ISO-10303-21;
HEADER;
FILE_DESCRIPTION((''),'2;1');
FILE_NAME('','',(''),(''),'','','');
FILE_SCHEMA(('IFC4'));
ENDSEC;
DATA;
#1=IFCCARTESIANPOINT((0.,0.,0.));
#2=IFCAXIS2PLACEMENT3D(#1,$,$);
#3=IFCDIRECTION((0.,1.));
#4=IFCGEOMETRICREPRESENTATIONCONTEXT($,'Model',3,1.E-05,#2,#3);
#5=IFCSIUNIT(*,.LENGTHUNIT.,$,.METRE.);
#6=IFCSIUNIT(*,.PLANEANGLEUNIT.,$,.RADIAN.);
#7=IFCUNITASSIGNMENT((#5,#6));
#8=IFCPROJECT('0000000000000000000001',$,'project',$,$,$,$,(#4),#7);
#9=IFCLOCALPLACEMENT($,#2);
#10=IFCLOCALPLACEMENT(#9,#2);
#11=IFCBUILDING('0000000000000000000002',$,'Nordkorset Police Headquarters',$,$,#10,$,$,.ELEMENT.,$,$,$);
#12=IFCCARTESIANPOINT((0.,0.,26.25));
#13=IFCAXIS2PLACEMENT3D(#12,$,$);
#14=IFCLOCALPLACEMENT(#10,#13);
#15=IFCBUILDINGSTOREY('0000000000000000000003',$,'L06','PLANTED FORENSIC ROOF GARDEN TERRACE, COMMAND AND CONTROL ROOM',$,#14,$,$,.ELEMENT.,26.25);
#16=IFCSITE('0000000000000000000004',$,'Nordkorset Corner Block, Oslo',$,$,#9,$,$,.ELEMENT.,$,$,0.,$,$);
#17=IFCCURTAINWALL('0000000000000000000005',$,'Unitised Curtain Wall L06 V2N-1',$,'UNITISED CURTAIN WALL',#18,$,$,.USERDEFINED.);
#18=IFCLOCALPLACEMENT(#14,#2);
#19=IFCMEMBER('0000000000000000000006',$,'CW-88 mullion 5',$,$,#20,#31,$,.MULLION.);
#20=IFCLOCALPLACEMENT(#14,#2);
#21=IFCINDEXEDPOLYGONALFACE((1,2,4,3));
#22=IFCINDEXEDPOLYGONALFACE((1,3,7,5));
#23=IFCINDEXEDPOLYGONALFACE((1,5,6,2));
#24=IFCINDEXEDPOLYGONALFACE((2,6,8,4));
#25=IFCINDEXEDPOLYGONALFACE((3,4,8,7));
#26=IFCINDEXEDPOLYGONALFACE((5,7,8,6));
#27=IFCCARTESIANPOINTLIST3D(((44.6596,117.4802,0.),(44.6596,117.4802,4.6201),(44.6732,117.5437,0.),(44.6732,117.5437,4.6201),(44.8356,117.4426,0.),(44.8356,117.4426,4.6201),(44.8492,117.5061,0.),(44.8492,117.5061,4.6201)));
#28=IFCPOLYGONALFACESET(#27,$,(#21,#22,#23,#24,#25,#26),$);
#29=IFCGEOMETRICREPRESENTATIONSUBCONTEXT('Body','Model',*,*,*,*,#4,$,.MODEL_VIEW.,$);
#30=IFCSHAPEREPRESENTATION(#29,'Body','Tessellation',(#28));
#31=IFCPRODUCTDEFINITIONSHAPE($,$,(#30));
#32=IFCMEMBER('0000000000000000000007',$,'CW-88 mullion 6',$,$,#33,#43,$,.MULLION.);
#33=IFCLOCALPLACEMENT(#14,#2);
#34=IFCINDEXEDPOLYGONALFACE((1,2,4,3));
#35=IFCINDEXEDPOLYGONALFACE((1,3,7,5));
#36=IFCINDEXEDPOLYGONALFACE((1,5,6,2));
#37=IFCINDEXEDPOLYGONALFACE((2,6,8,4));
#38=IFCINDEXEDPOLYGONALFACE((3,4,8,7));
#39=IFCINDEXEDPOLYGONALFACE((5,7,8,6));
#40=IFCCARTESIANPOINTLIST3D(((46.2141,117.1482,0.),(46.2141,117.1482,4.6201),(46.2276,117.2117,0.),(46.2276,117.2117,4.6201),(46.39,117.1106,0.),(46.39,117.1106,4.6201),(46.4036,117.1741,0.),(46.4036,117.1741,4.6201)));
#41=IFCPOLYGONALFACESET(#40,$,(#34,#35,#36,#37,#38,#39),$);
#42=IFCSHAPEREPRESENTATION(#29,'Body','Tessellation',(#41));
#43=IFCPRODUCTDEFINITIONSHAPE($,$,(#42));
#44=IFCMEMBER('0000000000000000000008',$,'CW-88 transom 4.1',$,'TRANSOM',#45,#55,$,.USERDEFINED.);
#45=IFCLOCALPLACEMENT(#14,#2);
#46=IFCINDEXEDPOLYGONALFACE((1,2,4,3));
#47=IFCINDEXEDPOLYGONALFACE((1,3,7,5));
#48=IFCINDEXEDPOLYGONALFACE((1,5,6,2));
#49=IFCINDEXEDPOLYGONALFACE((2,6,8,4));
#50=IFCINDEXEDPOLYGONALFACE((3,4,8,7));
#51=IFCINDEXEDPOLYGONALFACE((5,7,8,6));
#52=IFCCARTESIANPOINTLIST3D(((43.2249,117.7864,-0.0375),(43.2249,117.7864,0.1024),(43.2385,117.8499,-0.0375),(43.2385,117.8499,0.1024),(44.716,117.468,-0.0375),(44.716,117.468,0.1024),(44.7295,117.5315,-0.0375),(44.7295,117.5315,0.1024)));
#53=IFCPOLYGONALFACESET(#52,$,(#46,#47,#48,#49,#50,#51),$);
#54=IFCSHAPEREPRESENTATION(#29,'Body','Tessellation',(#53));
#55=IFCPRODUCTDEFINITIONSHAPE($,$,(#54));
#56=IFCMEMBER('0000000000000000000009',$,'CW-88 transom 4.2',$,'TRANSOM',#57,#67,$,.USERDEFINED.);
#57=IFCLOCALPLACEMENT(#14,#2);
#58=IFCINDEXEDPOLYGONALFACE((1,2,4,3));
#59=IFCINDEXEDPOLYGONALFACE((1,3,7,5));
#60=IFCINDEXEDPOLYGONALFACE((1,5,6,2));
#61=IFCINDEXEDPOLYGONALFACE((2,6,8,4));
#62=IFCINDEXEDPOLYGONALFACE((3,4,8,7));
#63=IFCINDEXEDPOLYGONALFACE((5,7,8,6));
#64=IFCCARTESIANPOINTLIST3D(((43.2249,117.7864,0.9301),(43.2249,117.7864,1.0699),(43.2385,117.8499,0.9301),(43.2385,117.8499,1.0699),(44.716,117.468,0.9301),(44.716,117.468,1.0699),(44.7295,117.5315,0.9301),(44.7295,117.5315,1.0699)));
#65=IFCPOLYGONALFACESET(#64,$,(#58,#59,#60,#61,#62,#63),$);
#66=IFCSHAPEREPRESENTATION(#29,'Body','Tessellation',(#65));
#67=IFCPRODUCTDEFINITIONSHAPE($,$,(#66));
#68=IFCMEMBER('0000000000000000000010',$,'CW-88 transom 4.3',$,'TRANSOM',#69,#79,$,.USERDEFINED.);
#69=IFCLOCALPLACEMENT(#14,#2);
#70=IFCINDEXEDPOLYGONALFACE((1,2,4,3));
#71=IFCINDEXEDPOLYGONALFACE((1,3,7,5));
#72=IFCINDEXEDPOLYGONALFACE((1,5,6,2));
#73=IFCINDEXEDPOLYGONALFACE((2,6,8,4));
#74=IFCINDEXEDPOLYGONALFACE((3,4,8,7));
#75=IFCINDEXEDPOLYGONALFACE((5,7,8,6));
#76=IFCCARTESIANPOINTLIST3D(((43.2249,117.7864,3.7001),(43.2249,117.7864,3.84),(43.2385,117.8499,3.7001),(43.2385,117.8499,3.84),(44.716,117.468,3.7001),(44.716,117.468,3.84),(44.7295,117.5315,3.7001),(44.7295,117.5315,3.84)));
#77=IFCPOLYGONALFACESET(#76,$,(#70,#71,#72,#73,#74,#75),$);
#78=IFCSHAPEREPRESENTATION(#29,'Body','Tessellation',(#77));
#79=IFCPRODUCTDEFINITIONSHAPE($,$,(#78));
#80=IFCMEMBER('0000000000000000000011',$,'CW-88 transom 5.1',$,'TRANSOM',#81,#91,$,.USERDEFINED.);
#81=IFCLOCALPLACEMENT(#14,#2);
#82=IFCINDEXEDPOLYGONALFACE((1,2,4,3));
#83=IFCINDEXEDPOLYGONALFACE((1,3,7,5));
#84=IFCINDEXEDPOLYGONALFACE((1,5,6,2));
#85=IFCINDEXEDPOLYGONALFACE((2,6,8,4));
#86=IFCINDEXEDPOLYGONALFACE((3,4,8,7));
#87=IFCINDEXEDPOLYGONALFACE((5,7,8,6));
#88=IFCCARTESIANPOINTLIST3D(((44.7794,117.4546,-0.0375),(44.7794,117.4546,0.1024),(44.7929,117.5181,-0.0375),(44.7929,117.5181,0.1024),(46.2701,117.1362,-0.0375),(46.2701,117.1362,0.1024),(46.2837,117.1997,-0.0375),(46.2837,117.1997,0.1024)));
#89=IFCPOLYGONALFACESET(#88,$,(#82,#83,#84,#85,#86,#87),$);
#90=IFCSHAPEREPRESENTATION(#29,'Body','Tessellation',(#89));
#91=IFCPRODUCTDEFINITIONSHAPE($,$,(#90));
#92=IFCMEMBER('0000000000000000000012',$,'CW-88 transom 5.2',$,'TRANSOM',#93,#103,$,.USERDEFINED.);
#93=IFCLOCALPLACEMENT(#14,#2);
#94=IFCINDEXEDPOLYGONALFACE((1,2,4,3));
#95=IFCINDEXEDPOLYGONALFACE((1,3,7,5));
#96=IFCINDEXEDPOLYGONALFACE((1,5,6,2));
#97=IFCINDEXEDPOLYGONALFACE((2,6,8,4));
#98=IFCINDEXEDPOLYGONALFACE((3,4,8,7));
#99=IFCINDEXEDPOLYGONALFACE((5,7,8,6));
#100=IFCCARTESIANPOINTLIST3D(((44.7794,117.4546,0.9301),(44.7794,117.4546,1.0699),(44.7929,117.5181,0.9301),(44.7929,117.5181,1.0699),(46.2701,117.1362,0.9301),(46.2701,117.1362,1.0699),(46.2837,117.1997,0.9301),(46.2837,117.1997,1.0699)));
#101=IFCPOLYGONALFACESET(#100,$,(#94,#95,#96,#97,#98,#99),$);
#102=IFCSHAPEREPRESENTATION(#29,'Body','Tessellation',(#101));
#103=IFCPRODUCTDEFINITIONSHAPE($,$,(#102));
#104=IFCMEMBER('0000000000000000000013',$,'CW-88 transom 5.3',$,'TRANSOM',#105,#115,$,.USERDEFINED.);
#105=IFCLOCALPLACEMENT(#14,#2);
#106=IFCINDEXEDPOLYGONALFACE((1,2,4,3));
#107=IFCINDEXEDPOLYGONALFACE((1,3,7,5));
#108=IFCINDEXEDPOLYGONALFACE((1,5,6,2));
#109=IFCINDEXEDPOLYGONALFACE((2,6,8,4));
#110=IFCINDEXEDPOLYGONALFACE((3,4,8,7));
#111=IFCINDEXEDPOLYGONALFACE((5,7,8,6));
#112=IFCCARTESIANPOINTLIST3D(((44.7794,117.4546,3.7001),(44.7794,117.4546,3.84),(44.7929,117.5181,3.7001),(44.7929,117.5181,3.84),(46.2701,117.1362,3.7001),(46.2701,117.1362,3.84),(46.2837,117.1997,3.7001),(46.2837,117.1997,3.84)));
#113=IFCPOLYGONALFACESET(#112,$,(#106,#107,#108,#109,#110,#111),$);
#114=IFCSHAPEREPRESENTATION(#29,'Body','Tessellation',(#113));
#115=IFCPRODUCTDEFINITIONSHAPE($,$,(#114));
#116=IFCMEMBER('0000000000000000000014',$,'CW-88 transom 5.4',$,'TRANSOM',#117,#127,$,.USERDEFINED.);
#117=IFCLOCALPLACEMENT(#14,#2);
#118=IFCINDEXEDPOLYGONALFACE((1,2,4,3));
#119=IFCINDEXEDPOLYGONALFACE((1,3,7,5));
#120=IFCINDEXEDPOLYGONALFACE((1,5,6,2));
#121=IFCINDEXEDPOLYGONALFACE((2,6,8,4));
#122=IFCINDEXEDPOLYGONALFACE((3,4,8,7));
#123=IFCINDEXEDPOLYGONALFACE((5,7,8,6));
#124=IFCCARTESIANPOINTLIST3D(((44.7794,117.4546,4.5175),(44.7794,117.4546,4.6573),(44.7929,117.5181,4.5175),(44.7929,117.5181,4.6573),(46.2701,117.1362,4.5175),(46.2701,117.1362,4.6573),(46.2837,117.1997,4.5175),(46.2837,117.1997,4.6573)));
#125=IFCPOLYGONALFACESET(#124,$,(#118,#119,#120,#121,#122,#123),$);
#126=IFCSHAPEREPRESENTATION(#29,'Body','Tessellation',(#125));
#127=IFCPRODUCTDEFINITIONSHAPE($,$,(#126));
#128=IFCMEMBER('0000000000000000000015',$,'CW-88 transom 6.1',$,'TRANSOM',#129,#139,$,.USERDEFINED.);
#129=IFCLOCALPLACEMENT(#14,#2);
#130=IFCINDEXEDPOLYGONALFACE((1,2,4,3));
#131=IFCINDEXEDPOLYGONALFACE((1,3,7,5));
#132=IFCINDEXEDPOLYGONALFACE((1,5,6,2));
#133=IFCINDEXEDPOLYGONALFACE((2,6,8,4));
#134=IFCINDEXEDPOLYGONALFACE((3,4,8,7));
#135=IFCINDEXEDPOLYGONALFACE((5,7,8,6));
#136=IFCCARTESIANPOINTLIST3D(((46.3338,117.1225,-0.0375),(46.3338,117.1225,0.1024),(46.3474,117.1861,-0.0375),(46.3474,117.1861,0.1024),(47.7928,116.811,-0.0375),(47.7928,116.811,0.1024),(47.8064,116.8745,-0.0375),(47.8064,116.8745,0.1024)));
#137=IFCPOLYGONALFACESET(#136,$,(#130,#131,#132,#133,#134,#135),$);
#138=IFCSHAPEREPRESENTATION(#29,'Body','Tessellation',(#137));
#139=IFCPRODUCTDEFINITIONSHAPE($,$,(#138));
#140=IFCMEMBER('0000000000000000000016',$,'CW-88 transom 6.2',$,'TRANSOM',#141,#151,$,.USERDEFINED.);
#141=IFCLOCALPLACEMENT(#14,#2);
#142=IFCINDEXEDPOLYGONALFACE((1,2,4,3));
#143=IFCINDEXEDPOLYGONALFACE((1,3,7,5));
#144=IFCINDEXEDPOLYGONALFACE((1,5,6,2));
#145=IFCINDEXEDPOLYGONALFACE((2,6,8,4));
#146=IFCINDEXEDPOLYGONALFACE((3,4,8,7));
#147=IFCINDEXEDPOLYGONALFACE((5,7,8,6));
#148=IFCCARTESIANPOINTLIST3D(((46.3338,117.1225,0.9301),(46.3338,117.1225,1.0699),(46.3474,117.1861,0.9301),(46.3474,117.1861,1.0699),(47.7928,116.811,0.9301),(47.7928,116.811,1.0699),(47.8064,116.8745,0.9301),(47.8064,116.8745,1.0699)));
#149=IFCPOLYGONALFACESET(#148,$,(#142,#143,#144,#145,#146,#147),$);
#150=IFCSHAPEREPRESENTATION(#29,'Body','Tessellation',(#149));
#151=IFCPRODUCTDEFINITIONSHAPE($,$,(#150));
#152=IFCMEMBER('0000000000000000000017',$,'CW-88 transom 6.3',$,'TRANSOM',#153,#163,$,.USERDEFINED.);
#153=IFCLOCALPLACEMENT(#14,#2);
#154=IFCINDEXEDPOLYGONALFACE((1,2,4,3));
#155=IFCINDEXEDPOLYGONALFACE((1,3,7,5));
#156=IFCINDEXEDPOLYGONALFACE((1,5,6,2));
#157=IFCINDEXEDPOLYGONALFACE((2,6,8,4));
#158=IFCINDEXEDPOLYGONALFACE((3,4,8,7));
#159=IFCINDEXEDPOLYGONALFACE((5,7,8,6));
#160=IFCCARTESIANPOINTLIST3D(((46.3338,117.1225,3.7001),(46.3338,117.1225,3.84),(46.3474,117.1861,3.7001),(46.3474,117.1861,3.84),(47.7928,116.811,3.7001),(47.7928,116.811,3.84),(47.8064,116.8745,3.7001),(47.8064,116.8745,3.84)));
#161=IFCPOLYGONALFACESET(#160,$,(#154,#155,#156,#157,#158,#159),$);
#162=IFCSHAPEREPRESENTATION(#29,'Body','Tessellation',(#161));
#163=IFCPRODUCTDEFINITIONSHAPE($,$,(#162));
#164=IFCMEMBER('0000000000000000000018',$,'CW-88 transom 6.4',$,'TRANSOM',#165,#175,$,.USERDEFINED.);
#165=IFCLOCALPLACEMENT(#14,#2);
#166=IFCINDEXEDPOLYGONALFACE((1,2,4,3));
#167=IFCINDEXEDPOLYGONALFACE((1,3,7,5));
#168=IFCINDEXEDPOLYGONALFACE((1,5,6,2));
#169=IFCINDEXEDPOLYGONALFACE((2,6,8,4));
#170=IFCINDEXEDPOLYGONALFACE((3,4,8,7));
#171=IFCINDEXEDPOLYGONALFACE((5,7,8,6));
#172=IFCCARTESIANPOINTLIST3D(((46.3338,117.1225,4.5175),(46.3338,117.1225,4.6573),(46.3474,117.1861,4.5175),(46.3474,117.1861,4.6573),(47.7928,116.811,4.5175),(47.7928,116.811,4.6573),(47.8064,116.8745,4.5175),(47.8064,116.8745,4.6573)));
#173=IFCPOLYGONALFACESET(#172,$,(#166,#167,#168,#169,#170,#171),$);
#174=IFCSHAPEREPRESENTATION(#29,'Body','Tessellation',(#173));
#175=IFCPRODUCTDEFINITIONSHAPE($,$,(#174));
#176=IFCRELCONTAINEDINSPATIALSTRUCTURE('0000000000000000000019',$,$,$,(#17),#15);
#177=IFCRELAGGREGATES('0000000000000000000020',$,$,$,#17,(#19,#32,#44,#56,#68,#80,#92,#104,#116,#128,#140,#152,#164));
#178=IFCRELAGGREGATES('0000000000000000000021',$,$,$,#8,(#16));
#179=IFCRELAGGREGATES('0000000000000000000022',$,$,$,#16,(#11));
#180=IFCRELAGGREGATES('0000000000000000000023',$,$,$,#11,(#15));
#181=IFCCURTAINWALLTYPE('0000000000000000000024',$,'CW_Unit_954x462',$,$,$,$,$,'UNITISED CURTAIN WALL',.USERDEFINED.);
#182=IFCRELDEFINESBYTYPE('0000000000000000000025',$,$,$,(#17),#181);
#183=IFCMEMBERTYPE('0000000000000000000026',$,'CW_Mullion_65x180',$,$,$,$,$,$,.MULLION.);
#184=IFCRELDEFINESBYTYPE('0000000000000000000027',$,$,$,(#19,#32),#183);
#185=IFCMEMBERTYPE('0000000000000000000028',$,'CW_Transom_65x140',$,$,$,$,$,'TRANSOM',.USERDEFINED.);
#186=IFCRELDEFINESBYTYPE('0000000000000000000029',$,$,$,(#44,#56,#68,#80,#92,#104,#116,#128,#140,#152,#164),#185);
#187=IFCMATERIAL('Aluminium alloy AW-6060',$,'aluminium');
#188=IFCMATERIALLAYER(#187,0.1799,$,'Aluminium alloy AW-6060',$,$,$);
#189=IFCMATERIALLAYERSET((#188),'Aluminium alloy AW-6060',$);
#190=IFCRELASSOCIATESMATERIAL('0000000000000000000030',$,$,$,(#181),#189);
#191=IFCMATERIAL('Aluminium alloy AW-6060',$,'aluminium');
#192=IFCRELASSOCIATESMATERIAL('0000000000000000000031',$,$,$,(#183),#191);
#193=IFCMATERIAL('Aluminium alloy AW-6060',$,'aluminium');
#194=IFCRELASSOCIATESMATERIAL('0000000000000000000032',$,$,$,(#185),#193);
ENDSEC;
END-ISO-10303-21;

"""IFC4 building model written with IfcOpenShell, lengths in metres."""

from ifc_helpers import new_model, si_unit, direction, frame, origin, origin_2d, place, context, subcontext, project, spatial, rectangle, extrude, material, layer, layer_set, material_profile, profile_set, type_object, element, aggregate, save


model = new_model("IFC4")

# Units and contexts
model_context = context("Model", 3, precision=1e-05, world=origin(), true_north=direction((0.0, 1.0)))
body_context = subcontext(model_context, "Body", "Model", "MODEL_VIEW")
ifc_project = project(units=[si_unit("LENGTHUNIT", "METRE"), si_unit("PLANEANGLEUNIT", "RADIAN")], contexts=[model_context])

# Site, building, storey
site_placement = place(None, origin())
site = spatial("IfcSite", under=ifc_project, at=site_placement, Name="Nordkorset Corner Block, Oslo", CompositionType="ELEMENT", RefElevation=0.0)
building_placement = place(site_placement, origin())
building = spatial("IfcBuilding", under=site, at=building_placement, Name="Nordkorset Police Headquarters", CompositionType="ELEMENT")
storey_placement = place(building_placement, frame((0.0, 0.0, 26.25)))
storey = spatial("IfcBuildingStorey", under=building, at=storey_placement, Name="L06", Description="PLANTED FORENSIC ROOF GARDEN TERRACE, COMMAND AND CONTROL ROOM", CompositionType="ELEMENT", Elevation=26.25)

# Curtain wall, members
ifc_material_1 = material(Name="Aluminium alloy AW-6060", Category="aluminium")
ifc_layer_1 = layer(ifc_material_1, 0.1799, Name="Aluminium alloy AW-6060")
ifc_layer_set_1 = layer_set([ifc_layer_1], Name="Aluminium alloy AW-6060")
curtain_wall_type = type_object("IfcCurtainWallType", Name="CW_Unit_954x462", ElementType="UNITISED CURTAIN WALL", PredefinedType="USERDEFINED", material=ifc_layer_set_1)
curtain_wall_placement = place(storey_placement, origin())
curtain_wall = element("IfcCurtainWall", 1, at=curtain_wall_placement, inside=storey, type_object=curtain_wall_type, Name="Unitised Curtain Wall L06 V2N-1", ObjectType="UNITISED CURTAIN WALL", PredefinedType="USERDEFINED")
ifc_material_2 = material(Name="Aluminium alloy AW-6060", Category="aluminium")
ifc_material_profile_1 = material_profile(ifc_material_2, rectangle(XDim=0.0649, YDim=0.1799, at=origin_2d()), Name="ALU MULL 65x180")
ifc_profile_set_1 = profile_set([ifc_material_profile_1], Name="Aluminium alloy AW-6060")
member_type_1 = type_object("IfcMemberType", Name="CW_Mullion_65x180", PredefinedType="MULLION", material=ifc_profile_set_1)
member_1_placement = place(storey_placement, frame((44.7544, 117.4932, 0.0), z_axis=(0.0, 0.0, 1.0), x_axis=(0.208833, 0.977951, 0.0)))
member_1 = element("IfcMember", 2, at=member_1_placement, type_object=member_type_1, Name="CW-88 mullion 5", PredefinedType="MULLION", context=body_context, shape_type="SweptSolid", body=[
    extrude(rectangle(XDim=0.0649, YDim=0.1799, at=origin_2d()), origin(), (0.0, 0.0, 1.0), 4.6201),
])
member_2_placement = place(storey_placement, frame((46.3088, 117.1611, 0.0), z_axis=(0.0, 0.0, 1.0), x_axis=(0.208833, 0.977951, 0.0)))
member_2 = element("IfcMember", 3, at=member_2_placement, type_object=member_type_1, Name="CW-88 mullion 6", PredefinedType="MULLION", context=body_context, shape_type="SweptSolid", body=[
    extrude(rectangle(XDim=0.0649, YDim=0.1799, at=origin_2d()), origin(), (0.0, 0.0, 1.0), 4.6201),
])
ifc_material_3 = material(Name="Aluminium alloy AW-6060", Category="aluminium")
ifc_material_profile_2 = material_profile(ifc_material_3, rectangle(XDim=0.0649, YDim=0.1399, at=origin_2d()), Name="ALU TRAN 65x140")
ifc_profile_set_2 = profile_set([ifc_material_profile_2], Name="Aluminium alloy AW-6060")
member_type_2 = type_object("IfcMemberType", Name="CW_Transom_65x140", ElementType="TRANSOM", PredefinedType="USERDEFINED", material=ifc_profile_set_2)
member_3_placement = place(storey_placement, frame((43.2317, 117.8181, 0.0325), z_axis=(0.977954, -0.208818, 0.0), x_axis=(0.208818, 0.977954, 0.0)))
member_3 = element("IfcMember", 4, at=member_3_placement, type_object=member_type_2, Name="CW-88 transom 4.1", ObjectType="TRANSOM", PredefinedType="USERDEFINED", context=body_context, shape_type="SweptSolid", body=[
    extrude(rectangle(XDim=0.0649, YDim=0.1399, at=origin_2d()), origin(), (0.0, 0.0, 1.0), 1.5247),
])
member_4_placement = place(storey_placement, frame((43.2317, 117.8181, 1.0), z_axis=(0.977954, -0.208818, 0.0), x_axis=(0.208818, 0.977954, 0.0)))
member_4 = element("IfcMember", 5, at=member_4_placement, type_object=member_type_2, Name="CW-88 transom 4.2", ObjectType="TRANSOM", PredefinedType="USERDEFINED", context=body_context, shape_type="SweptSolid", body=[
    extrude(rectangle(XDim=0.0649, YDim=0.1399, at=origin_2d()), origin(), (0.0, 0.0, 1.0), 1.5247),
])
member_5_placement = place(storey_placement, frame((43.2317, 117.8181, 3.77), z_axis=(0.977954, -0.208818, 0.0), x_axis=(0.208818, 0.977954, 0.0)))
member_5 = element("IfcMember", 6, at=member_5_placement, type_object=member_type_2, Name="CW-88 transom 4.3", ObjectType="TRANSOM", PredefinedType="USERDEFINED", context=body_context, shape_type="SweptSolid", body=[
    extrude(rectangle(XDim=0.0649, YDim=0.1399, at=origin_2d()), origin(), (0.0, 0.0, 1.0), 1.5247),
])
member_6_placement = place(storey_placement, frame((44.7861, 117.4863, 0.0325), z_axis=(0.977947, -0.208851, 0.0), x_axis=(0.208851, 0.977947, 0.0)))
member_6 = element("IfcMember", 7, at=member_6_placement, type_object=member_type_2, Name="CW-88 transom 5.1", ObjectType="TRANSOM", PredefinedType="USERDEFINED", context=body_context, shape_type="SweptSolid", body=[
    extrude(rectangle(XDim=0.0649, YDim=0.1399, at=origin_2d()), origin(), (0.0, 0.0, 1.0), 1.5244),
])
member_7_placement = place(storey_placement, frame((44.7861, 117.4863, 1.0), z_axis=(0.977947, -0.208851, 0.0), x_axis=(0.208851, 0.977947, 0.0)))
member_7 = element("IfcMember", 8, at=member_7_placement, type_object=member_type_2, Name="CW-88 transom 5.2", ObjectType="TRANSOM", PredefinedType="USERDEFINED", context=body_context, shape_type="SweptSolid", body=[
    extrude(rectangle(XDim=0.0649, YDim=0.1399, at=origin_2d()), origin(), (0.0, 0.0, 1.0), 1.5244),
])
member_8_placement = place(storey_placement, frame((44.7861, 117.4863, 3.77), z_axis=(0.977947, -0.208851, 0.0), x_axis=(0.208851, 0.977947, 0.0)))
member_8 = element("IfcMember", 9, at=member_8_placement, type_object=member_type_2, Name="CW-88 transom 5.3", ObjectType="TRANSOM", PredefinedType="USERDEFINED", context=body_context, shape_type="SweptSolid", body=[
    extrude(rectangle(XDim=0.0649, YDim=0.1399, at=origin_2d()), origin(), (0.0, 0.0, 1.0), 1.5244),
])
member_9_placement = place(storey_placement, frame((44.7861, 117.4863, 4.5874), z_axis=(0.977947, -0.208851, 0.0), x_axis=(0.208851, 0.977947, 0.0)))
member_9 = element("IfcMember", 10, at=member_9_placement, type_object=member_type_2, Name="CW-88 transom 5.4", ObjectType="TRANSOM", PredefinedType="USERDEFINED", context=body_context, shape_type="SweptSolid", body=[
    extrude(rectangle(XDim=0.0649, YDim=0.1399, at=origin_2d()), origin(), (0.0, 0.0, 1.0), 1.5244),
])
member_10_placement = place(storey_placement, frame((46.3406, 117.1543, 0.0325), z_axis=(0.977955, -0.208814, 0.0), x_axis=(0.208814, 0.977955, 0.0)))
member_10 = element("IfcMember", 11, at=member_10_placement, type_object=member_type_2, Name="CW-88 transom 6.1", ObjectType="TRANSOM", PredefinedType="USERDEFINED", context=body_context, shape_type="SweptSolid", body=[
    extrude(rectangle(XDim=0.0649, YDim=0.1399, at=origin_2d()), origin(), (0.0, 0.0, 1.0), 1.4919),
])
member_11_placement = place(storey_placement, frame((46.3406, 117.1543, 1.0), z_axis=(0.977955, -0.208814, 0.0), x_axis=(0.208814, 0.977955, 0.0)))
member_11 = element("IfcMember", 12, at=member_11_placement, type_object=member_type_2, Name="CW-88 transom 6.2", ObjectType="TRANSOM", PredefinedType="USERDEFINED", context=body_context, shape_type="SweptSolid", body=[
    extrude(rectangle(XDim=0.0649, YDim=0.1399, at=origin_2d()), origin(), (0.0, 0.0, 1.0), 1.4919),
])
member_12_placement = place(storey_placement, frame((46.3406, 117.1543, 3.77), z_axis=(0.977955, -0.208814, 0.0), x_axis=(0.208814, 0.977955, 0.0)))
member_12 = element("IfcMember", 13, at=member_12_placement, type_object=member_type_2, Name="CW-88 transom 6.3", ObjectType="TRANSOM", PredefinedType="USERDEFINED", context=body_context, shape_type="SweptSolid", body=[
    extrude(rectangle(XDim=0.0649, YDim=0.1399, at=origin_2d()), origin(), (0.0, 0.0, 1.0), 1.4919),
])
member_13_placement = place(storey_placement, frame((46.3406, 117.1543, 4.5874), z_axis=(0.977955, -0.208814, 0.0), x_axis=(0.208814, 0.977955, 0.0)))
member_13 = element("IfcMember", 14, at=member_13_placement, type_object=member_type_2, Name="CW-88 transom 6.4", ObjectType="TRANSOM", PredefinedType="USERDEFINED", context=body_context, shape_type="SweptSolid", body=[
    extrude(rectangle(XDim=0.0649, YDim=0.1399, at=origin_2d()), origin(), (0.0, 0.0, 1.0), 1.4919),
])

aggregate(curtain_wall, [member_1, member_2, member_3, member_4, member_5, member_6, member_7, member_8, member_9, member_10, member_11, member_12, member_13])

save(model, "model.ifc")
